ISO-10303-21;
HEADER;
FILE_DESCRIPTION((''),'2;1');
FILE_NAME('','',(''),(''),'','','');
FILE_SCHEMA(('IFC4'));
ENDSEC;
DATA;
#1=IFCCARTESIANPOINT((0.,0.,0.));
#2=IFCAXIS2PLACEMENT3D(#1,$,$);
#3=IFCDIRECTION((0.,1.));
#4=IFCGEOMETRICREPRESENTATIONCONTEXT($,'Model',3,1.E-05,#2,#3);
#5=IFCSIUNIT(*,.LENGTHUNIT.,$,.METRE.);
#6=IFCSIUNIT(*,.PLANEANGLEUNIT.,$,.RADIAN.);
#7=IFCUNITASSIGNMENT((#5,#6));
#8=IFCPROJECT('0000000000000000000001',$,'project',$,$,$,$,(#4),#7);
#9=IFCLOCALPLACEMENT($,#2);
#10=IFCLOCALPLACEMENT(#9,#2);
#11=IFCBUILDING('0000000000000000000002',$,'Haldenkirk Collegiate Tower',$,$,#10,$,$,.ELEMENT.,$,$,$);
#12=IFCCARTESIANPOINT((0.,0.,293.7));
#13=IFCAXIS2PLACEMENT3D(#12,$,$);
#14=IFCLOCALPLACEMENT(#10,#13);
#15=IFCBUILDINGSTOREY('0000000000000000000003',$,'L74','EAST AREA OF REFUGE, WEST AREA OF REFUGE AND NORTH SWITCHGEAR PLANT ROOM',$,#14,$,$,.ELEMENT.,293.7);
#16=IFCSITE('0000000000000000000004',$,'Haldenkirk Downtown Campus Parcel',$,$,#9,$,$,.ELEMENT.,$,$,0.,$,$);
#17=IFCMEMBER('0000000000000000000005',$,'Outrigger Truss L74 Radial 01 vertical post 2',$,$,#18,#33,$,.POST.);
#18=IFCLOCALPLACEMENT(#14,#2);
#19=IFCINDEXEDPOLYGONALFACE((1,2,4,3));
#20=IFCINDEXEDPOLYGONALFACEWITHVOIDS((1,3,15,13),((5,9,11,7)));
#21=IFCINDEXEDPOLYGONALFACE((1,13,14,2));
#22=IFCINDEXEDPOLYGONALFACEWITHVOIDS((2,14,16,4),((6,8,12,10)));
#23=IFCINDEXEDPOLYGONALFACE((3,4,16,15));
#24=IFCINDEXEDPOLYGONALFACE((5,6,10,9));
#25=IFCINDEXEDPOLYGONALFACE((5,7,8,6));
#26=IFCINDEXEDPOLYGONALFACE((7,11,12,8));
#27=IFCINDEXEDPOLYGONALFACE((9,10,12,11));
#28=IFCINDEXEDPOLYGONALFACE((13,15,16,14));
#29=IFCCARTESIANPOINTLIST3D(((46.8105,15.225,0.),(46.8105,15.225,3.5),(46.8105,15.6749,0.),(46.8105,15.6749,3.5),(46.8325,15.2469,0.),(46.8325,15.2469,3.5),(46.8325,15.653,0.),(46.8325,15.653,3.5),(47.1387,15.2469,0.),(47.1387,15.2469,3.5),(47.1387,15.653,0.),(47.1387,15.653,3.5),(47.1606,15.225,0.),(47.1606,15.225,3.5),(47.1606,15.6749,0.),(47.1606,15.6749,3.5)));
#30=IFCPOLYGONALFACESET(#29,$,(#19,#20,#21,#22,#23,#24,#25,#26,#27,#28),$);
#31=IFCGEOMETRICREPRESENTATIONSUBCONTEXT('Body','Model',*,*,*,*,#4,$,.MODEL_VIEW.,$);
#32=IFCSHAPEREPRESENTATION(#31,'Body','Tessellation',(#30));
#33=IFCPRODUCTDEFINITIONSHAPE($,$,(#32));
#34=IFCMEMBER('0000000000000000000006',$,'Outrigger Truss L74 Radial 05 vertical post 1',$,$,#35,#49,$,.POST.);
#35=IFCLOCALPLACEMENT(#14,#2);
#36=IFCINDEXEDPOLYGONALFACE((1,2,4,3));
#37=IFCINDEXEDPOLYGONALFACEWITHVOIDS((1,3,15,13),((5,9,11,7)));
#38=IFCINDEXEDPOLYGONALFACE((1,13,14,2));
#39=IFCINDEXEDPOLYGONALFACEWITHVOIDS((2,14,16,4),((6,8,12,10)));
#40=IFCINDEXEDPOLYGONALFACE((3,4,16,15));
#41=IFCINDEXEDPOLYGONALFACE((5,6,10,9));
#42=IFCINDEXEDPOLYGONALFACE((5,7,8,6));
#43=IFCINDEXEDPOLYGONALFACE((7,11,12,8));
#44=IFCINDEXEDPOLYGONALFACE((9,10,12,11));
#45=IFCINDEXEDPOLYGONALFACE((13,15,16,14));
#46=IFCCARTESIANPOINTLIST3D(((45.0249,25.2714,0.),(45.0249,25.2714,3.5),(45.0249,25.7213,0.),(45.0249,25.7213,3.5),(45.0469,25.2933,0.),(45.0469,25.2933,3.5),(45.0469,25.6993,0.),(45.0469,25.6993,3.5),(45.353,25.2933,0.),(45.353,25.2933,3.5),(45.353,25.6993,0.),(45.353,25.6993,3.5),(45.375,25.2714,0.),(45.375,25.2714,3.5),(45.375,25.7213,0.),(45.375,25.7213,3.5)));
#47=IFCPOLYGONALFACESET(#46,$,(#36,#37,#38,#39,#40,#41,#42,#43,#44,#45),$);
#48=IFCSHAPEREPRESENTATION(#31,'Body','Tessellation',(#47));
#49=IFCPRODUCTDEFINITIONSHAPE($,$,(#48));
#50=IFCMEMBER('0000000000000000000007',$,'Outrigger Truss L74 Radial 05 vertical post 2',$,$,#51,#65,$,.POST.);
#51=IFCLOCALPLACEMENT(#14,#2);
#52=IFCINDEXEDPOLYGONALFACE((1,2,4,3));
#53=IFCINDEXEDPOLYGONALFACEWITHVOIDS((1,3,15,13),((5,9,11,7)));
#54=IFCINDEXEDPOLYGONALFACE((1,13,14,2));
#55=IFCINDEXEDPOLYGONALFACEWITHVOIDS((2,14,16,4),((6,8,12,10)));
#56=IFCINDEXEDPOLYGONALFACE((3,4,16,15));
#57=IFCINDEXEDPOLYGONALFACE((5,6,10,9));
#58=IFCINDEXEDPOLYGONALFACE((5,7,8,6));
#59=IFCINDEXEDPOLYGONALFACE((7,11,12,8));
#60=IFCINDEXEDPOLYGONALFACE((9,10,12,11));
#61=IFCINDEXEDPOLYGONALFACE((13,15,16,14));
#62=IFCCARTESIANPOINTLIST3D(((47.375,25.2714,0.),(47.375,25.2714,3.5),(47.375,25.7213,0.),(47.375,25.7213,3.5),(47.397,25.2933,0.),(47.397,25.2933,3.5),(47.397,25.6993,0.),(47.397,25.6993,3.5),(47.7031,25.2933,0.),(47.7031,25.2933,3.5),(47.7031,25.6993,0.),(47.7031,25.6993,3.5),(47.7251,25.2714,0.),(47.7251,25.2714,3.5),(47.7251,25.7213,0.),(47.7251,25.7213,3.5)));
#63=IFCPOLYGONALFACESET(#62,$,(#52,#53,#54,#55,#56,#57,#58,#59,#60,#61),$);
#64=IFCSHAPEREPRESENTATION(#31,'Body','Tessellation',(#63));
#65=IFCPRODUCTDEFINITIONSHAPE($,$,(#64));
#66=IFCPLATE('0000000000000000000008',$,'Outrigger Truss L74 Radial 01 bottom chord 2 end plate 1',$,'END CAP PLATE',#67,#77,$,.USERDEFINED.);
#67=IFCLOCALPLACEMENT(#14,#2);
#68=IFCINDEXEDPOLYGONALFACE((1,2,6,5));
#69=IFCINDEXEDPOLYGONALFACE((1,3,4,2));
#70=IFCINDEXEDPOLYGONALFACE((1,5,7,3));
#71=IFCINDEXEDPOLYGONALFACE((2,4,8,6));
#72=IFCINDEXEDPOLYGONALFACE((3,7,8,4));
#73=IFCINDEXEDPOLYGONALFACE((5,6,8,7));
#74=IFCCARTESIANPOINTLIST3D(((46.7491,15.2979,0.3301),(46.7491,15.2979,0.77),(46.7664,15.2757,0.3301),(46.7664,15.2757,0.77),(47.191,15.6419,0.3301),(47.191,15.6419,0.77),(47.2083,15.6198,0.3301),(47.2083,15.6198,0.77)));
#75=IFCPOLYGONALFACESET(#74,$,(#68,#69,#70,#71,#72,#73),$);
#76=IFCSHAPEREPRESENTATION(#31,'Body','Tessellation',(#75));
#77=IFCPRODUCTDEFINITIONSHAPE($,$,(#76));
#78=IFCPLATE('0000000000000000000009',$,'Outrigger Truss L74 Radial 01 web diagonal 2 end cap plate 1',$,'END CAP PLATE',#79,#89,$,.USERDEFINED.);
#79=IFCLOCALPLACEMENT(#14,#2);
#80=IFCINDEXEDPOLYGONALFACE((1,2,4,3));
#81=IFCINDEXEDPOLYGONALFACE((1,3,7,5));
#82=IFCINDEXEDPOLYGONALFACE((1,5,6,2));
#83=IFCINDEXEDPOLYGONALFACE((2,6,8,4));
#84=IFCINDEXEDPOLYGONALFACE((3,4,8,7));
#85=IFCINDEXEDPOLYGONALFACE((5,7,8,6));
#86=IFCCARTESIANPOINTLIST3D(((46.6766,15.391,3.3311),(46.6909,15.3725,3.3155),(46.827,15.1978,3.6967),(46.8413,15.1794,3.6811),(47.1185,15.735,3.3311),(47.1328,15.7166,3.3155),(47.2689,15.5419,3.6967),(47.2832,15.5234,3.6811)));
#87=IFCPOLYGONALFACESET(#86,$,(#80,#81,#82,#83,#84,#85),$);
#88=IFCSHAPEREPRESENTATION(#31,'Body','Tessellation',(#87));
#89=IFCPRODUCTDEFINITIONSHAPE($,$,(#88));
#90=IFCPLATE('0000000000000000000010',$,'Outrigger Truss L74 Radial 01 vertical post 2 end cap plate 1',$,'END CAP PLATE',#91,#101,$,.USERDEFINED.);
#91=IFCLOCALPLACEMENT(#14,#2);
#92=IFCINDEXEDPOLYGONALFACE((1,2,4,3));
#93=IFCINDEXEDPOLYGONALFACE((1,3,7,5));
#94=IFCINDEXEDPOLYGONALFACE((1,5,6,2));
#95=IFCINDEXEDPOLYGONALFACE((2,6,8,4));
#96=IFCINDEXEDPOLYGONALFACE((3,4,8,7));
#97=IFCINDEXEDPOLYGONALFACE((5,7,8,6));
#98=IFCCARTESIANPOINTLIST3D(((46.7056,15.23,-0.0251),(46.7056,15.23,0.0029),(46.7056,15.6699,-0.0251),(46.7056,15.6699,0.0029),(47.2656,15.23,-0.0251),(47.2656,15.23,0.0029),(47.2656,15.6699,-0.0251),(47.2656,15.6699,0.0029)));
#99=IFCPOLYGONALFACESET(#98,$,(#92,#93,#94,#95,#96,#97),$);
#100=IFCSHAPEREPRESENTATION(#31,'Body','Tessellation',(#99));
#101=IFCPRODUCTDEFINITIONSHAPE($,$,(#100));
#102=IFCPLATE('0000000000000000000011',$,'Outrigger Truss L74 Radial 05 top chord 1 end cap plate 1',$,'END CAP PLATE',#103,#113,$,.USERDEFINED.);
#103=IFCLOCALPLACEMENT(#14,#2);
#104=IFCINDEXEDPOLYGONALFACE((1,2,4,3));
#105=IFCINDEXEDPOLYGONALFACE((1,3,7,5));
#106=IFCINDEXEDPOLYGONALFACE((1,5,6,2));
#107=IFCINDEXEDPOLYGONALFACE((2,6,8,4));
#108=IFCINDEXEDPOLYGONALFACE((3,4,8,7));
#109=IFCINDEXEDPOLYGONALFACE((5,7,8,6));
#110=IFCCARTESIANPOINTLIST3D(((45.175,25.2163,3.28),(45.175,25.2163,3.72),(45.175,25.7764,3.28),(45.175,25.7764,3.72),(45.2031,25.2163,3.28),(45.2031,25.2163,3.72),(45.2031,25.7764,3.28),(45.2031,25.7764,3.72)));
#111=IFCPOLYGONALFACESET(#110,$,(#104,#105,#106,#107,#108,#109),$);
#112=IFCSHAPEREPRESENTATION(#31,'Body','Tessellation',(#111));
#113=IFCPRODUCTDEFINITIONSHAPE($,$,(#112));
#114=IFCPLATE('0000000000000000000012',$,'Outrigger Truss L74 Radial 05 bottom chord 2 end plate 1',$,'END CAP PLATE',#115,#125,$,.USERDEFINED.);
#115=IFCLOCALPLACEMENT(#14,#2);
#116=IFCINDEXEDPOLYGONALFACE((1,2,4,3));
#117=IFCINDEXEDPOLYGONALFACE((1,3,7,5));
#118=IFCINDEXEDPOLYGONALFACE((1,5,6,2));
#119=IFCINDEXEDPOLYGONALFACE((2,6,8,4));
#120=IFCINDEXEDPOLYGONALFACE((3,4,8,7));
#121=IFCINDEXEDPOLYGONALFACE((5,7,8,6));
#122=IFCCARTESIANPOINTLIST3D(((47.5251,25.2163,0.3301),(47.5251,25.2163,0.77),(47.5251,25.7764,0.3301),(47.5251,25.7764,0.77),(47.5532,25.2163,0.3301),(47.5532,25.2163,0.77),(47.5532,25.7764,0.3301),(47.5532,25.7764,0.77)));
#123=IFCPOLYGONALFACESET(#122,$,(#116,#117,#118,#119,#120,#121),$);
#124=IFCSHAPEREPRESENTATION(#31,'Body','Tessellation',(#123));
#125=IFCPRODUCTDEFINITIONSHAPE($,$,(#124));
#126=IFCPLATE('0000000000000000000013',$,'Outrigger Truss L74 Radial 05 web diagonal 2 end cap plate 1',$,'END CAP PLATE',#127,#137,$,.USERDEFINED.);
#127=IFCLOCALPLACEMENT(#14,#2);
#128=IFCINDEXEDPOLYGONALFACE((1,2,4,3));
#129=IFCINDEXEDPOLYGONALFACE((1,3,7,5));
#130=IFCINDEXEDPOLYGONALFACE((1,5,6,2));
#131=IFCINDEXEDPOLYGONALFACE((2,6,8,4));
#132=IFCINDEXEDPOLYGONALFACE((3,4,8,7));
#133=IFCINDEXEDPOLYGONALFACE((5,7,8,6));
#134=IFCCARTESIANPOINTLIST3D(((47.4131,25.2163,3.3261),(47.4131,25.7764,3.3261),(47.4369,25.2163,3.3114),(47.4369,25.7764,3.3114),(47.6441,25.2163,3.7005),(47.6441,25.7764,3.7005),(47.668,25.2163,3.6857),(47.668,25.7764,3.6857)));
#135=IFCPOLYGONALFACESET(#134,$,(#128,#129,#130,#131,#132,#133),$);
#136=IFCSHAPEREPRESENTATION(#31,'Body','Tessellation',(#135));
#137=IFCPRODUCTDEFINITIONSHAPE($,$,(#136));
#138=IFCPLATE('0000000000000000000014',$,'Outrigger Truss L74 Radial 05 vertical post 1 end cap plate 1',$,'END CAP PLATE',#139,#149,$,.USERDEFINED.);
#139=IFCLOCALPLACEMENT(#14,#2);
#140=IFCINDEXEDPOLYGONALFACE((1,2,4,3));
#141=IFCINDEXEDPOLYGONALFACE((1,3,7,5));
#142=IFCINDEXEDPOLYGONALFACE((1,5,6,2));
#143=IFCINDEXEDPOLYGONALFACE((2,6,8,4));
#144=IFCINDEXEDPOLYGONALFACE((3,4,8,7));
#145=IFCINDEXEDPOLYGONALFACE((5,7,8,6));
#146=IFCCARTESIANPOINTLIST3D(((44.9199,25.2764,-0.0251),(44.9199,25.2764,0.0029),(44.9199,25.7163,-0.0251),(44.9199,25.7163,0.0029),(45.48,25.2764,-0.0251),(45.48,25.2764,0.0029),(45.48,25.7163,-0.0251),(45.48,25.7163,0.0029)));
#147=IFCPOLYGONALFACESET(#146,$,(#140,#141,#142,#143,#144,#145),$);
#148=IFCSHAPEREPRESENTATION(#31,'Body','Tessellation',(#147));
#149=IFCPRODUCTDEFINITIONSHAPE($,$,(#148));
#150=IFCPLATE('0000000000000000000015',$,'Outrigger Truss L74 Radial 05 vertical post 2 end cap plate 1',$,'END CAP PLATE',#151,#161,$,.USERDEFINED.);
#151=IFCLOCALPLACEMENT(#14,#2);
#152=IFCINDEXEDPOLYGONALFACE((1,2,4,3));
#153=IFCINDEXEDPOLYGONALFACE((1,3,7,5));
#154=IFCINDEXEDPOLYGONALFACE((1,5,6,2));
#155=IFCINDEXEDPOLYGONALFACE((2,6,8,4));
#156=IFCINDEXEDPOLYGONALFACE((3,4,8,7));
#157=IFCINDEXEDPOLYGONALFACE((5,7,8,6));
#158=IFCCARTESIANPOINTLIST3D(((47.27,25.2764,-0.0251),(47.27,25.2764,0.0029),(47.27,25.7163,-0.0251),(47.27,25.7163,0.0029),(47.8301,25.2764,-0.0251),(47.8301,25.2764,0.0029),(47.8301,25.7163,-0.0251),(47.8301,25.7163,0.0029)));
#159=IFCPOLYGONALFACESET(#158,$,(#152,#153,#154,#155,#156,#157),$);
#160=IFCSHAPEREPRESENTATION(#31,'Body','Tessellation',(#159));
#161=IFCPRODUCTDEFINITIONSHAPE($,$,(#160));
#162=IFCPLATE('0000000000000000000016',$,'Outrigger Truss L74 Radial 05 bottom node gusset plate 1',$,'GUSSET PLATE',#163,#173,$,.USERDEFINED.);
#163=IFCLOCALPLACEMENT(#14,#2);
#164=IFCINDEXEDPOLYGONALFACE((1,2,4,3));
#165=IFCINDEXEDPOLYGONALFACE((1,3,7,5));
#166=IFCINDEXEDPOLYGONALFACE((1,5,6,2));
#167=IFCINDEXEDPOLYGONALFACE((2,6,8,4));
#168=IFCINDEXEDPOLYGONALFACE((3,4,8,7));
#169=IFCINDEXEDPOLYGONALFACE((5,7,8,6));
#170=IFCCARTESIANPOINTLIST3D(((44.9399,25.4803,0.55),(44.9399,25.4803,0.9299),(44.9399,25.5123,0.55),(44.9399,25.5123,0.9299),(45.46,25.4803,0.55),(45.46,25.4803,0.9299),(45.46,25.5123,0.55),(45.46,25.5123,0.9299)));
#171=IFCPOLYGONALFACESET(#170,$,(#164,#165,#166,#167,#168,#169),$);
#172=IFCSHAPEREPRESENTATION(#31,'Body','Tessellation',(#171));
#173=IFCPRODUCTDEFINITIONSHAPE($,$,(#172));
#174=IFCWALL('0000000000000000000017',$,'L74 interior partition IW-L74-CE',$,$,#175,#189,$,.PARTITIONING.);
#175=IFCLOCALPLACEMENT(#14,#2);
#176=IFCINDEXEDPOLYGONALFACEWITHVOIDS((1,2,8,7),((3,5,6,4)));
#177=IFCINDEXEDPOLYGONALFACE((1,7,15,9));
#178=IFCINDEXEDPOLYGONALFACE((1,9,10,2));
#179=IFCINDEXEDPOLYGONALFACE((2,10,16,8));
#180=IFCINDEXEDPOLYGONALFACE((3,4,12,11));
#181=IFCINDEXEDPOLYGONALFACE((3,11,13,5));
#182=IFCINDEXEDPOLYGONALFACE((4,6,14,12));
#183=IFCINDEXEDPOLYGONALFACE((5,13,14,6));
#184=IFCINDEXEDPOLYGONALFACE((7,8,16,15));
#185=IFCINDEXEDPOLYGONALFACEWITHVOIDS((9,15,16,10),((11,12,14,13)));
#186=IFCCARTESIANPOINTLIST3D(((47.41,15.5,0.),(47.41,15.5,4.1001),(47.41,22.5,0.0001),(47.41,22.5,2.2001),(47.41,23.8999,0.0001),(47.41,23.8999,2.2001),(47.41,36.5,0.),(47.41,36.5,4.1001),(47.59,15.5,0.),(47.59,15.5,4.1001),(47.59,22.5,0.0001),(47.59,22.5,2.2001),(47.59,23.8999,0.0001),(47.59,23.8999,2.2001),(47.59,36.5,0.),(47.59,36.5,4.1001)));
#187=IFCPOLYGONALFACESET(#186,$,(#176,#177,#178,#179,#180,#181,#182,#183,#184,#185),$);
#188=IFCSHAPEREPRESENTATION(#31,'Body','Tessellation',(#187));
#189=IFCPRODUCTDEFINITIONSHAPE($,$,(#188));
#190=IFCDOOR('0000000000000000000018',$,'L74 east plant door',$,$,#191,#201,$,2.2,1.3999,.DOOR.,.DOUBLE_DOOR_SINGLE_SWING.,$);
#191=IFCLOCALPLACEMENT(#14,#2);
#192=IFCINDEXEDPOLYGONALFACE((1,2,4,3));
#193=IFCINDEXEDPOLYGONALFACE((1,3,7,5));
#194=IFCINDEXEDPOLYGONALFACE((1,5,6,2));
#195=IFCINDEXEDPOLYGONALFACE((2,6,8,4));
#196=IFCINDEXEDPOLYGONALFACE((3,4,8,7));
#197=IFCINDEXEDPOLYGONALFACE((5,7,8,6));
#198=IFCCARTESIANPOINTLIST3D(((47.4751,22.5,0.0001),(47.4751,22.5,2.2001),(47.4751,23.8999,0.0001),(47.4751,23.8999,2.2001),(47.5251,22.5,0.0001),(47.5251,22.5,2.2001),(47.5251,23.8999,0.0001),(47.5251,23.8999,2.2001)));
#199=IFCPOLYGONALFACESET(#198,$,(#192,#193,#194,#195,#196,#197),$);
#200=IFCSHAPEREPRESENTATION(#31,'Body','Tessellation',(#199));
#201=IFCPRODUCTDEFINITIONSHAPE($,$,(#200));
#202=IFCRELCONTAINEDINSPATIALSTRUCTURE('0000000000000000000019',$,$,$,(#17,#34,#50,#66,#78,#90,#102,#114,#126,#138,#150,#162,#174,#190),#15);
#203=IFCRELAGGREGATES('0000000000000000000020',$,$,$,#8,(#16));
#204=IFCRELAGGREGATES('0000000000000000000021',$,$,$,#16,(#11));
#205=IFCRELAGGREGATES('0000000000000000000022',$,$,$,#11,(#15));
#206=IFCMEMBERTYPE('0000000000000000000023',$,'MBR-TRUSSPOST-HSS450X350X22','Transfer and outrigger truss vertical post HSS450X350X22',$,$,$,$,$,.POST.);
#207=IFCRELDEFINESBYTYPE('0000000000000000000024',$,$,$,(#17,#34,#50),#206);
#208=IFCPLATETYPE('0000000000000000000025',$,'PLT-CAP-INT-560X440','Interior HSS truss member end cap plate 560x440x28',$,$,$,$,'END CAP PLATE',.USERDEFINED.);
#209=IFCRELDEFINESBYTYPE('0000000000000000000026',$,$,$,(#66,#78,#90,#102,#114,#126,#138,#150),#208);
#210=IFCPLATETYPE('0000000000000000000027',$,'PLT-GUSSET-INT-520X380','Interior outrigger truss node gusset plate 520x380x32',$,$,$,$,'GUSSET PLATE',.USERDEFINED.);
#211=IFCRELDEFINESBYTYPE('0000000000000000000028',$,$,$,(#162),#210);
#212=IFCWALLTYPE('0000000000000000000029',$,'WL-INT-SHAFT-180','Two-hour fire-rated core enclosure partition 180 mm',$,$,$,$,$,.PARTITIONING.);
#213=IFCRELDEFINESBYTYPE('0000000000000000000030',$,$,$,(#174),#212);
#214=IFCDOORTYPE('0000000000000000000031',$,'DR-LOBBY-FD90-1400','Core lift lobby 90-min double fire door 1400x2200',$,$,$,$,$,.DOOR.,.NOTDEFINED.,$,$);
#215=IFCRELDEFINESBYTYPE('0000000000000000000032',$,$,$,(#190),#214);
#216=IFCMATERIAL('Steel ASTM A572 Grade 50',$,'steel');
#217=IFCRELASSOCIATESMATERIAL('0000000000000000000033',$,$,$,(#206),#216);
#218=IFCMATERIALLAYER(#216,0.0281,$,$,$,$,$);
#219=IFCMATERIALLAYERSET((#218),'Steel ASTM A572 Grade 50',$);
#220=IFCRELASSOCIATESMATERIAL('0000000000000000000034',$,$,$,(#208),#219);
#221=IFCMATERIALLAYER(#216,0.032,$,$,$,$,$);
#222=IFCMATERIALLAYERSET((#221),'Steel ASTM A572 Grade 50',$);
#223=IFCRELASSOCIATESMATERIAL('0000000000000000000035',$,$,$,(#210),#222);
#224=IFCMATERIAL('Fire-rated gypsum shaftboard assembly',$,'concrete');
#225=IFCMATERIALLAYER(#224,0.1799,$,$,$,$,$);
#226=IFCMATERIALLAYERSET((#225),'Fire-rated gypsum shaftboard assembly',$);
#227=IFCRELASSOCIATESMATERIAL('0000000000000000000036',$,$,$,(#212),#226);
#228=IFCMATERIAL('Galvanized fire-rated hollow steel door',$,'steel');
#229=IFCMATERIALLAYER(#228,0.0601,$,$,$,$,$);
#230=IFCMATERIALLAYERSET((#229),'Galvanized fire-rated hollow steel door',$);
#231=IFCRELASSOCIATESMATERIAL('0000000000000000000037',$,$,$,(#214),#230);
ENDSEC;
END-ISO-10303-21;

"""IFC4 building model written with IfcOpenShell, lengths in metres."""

from ifc_helpers import new_model, si_unit, direction, frame, frame_2d, origin, origin_2d, place, context, subcontext, project, spatial, rectangle, hollow_rectangle, extrude, source, transform, mapped, material, layer, layer_set, material_profile, profile_set, type_object, element, fill, save


model = new_model("IFC4")

# Units and contexts
model_context = context("Model", 3, precision=1e-05, world=origin(), true_north=direction((0.0, 1.0)))
body_context = subcontext(model_context, "Body", "Model", "MODEL_VIEW")
ifc_project = project(units=[si_unit("LENGTHUNIT", "METRE"), si_unit("PLANEANGLEUNIT", "RADIAN")], contexts=[model_context])

# Site, building, storey
site_placement = place(None, origin())
site = spatial("IfcSite", under=ifc_project, at=site_placement, Name="Haldenkirk Downtown Campus Parcel", CompositionType="ELEMENT", RefElevation=0.0)
building_placement = place(site_placement, origin())
building = spatial("IfcBuilding", under=site, at=building_placement, Name="Haldenkirk Collegiate Tower", CompositionType="ELEMENT")
storey_placement = place(building_placement, frame((0.0, 0.0, 293.7)))
storey = spatial("IfcBuildingStorey", under=building, at=storey_placement, Name="L74", Description="EAST AREA OF REFUGE, WEST AREA OF REFUGE AND NORTH SWITCHGEAR PLANT ROOM", CompositionType="ELEMENT", Elevation=293.7)

# Members
ifc_material_1 = material(Name="Steel ASTM A572 Grade 50", Category="steel")
ifc_material_profile_1 = material_profile(ifc_material_1, hollow_rectangle(XDim=0.3501, YDim=0.45, WallThickness=0.022, at=origin_2d()), Name="HSS450X350X22")
ifc_profile_set_1 = profile_set([ifc_material_profile_1], Name="Steel ASTM A572 Grade 50")
member_type_1 = type_object("IfcMemberType", Name="MBR-TRUSSPOST-HSS450X350X22", Description="Transfer and outrigger truss vertical post HSS450X350X22", PredefinedType="POST", material=ifc_profile_set_1)
for number, where, z_axis, x_axis, name in (
    (1, (46.9856, 15.45, 0.0), (0.0, 0.0, 1.0), (1.0, 0.0, 0.0), "Outrigger Truss L74 Radial 01 vertical post 2"),
    (2, (45.2, 25.4963, 0.0), (0.0, 0.0, 1.0), (1.0, 0.0, 0.0), "Outrigger Truss L74 Radial 05 vertical post 1"),
    (3, (47.55, 25.4963, 0.0), (0.0, 0.0, 1.0), (1.0, 0.0, 0.0), "Outrigger Truss L74 Radial 05 vertical post 2"),
):
    element("IfcMember", number, at=place(storey_placement, frame(where, z_axis=z_axis, x_axis=x_axis)), inside=storey, type_object=member_type_1, Name=name, PredefinedType="POST", context=body_context, shape_type="SweptSolid", body=[
        extrude(hollow_rectangle(XDim=0.3501, YDim=0.45, WallThickness=0.022, at=origin_2d()), origin(), (0.0, 0.0, 1.0), 3.5),
    ])

# Plates
ifc_layer_1 = layer(ifc_material_1, 0.0281)
ifc_layer_set_1 = layer_set([ifc_layer_1], Name="Steel ASTM A572 Grade 50")
plate_type_1 = type_object("IfcPlateType", Name="PLT-CAP-INT-560X440", Description="Interior HSS truss member end cap plate 560x440x28", ElementType="END CAP PLATE", PredefinedType="USERDEFINED", material=ifc_layer_set_1)
shared_shape_1 = source(origin(), body_context, "Body", "SweptSolid", [
    extrude(rectangle(XDim=0.5601, YDim=0.4399, at=origin_2d()), origin(), (0.0, 0.0, 1.0), 0.0281),
])
for number, where, z_axis, x_axis, name in (
    (4, (46.9873, 15.4478, 0.55), (-0.614341, 0.78904, 0.0), (-0.78904, -0.614341, 0.0), "Outrigger Truss L74 Radial 01 bottom chord 2 end plate 1"),
    (5, (46.9871, 15.448, 3.4983), (-0.51044, 0.655606, 0.556446), (-0.789047, -0.614333, 0.0), "Outrigger Truss L74 Radial 01 web diagonal 2 end cap plate 1"),
    (6, (46.9856, 15.45, 0.0029), (0.0, 0.0, -1.0), (1.0, 0.0, 0.0), "Outrigger Truss L74 Radial 01 vertical post 2 end cap plate 1"),
    (7, (45.2031, 25.4963, 3.5), (-1.0, 0.0, 0.0), (0.0, -1.0, 0.0), "Outrigger Truss L74 Radial 05 top chord 1 end cap plate 1"),
    (8, (47.5532, 25.4963, 0.55), (-1.0, 0.0, 0.0), (0.0, -1.0, 0.0), "Outrigger Truss L74 Radial 05 bottom chord 2 end plate 1"),
    (9, (47.5525, 25.4963, 3.4985), (-0.850941, 0.0, 0.525261), (0.0, -1.0, 0.0), "Outrigger Truss L74 Radial 05 web diagonal 2 end cap plate 1"),
    (10, (45.2, 25.4963, 0.0029), (0.0, 0.0, -1.0), (1.0, 0.0, 0.0), "Outrigger Truss L74 Radial 05 vertical post 1 end cap plate 1"),
    (11, (47.55, 25.4963, 0.0029), (0.0, 0.0, -1.0), (1.0, 0.0, 0.0), "Outrigger Truss L74 Radial 05 vertical post 2 end cap plate 1"),
):
    element("IfcPlate", number, at=place(storey_placement, frame(where, z_axis=z_axis, x_axis=x_axis)), inside=storey, type_object=plate_type_1, Name=name, ObjectType="END CAP PLATE", PredefinedType="USERDEFINED", context=body_context, shape_type="MappedRepresentation", body=[
        mapped(shared_shape_1, transform((0.0, 0.0, 0.0), x_axis=(1.0, 0.0, 0.0), y_axis=(0.0, 1.0, 0.0), z_axis=(0.0, 0.0, 1.0), scale=1.0)),
    ])
ifc_layer_2 = layer(ifc_material_1, 0.032)
ifc_layer_set_2 = layer_set([ifc_layer_2], Name="Steel ASTM A572 Grade 50")
plate_type_2 = type_object("IfcPlateType", Name="PLT-GUSSET-INT-520X380", Description="Interior outrigger truss node gusset plate 520x380x32", ElementType="GUSSET PLATE", PredefinedType="USERDEFINED", material=ifc_layer_set_2)
shared_shape_2 = source(origin(), body_context, "Body", "SweptSolid", [
    extrude(rectangle(XDim=0.52, YDim=0.032, at=origin_2d()), origin(), (0.0, 0.0, 1.0), 0.3799),
])
plate_placement = place(storey_placement, frame((45.2, 25.4963, 0.55), z_axis=(0.0, 0.0, 1.0), x_axis=(1.0, 0.0, 0.0)))
element("IfcPlate", 12, at=plate_placement, inside=storey, type_object=plate_type_2, Name="Outrigger Truss L74 Radial 05 bottom node gusset plate 1", ObjectType="GUSSET PLATE", PredefinedType="USERDEFINED", context=body_context, shape_type="MappedRepresentation", body=[
    mapped(shared_shape_2, transform((0.0, 0.0, 0.0), x_axis=(1.0, 0.0, 0.0), y_axis=(0.0, 1.0, 0.0), z_axis=(0.0, 0.0, 1.0), scale=1.0)),
])

# Wall, opening, door
ifc_material_2 = material(Name="Fire-rated gypsum shaftboard assembly", Category="concrete")
ifc_layer_3 = layer(ifc_material_2, 0.1799)
ifc_layer_set_3 = layer_set([ifc_layer_3], Name="Fire-rated gypsum shaftboard assembly")
wall_type = type_object("IfcWallType", Name="WL-INT-SHAFT-180", Description="Two-hour fire-rated core enclosure partition 180 mm", PredefinedType="PARTITIONING", material=ifc_layer_set_3)
wall_1_placement = place(storey_placement, frame((47.5, 15.5, 0.0), z_axis=(0.0, 0.0, 1.0), x_axis=(0.0, 1.0, 0.0)))
wall_1 = element("IfcWall", 13, at=wall_1_placement, inside=storey, type_object=wall_type, Name="L74 interior partition IW-L74-CE", PredefinedType="PARTITIONING", context=body_context, shape_type="SweptSolid", body=[
    extrude(rectangle(XDim=21.0, YDim=0.1799, at=frame_2d((10.5, 0.0))), origin(), (0.0, 0.0, 1.0), 4.1001),
])
opening_placement = place(wall_1_placement, frame((7.0, 0.0, 0.0)))
opening = element("IfcOpeningElement", 14, at=opening_placement, cuts=wall_1, PredefinedType="OPENING", context=body_context, shape_type="SweptSolid", body=[
    extrude(rectangle(XDim=1.3999, YDim=2.2, at=frame_2d((0.7, 1.1001))), frame((0.0, 0.0999, 0.0), z_axis=(0.0, -1.0, 0.0), x_axis=(1.0, 0.0, 0.0)), (0.0, 0.0, 1.0), 0.2),
])
ifc_material_3 = material(Name="Galvanized fire-rated hollow steel door", Category="steel")
ifc_layer_4 = layer(ifc_material_3, 0.0601)
ifc_layer_set_4 = layer_set([ifc_layer_4], Name="Galvanized fire-rated hollow steel door")
door_type = type_object("IfcDoorType", Name="DR-LOBBY-FD90-1400", Description="Core lift lobby 90-min double fire door 1400x2200", OperationType="NOTDEFINED", PredefinedType="DOOR", material=ifc_layer_set_4)
door_placement = place(opening_placement, origin())
door = element("IfcDoor", 15, at=door_placement, inside=storey, type_object=door_type, Name="L74 east plant door", OperationType="DOUBLE_DOOR_SINGLE_SWING", OverallHeight=2.2, OverallWidth=1.3999, PredefinedType="DOOR", context=body_context, shape_type="SweptSolid", body=[
    extrude(rectangle(XDim=1.3999, YDim=2.2, at=frame_2d((0.7, 1.1001))), frame((0.0, 0.0249, 0.0), z_axis=(0.0, -1.0, 0.0), x_axis=(1.0, 0.0, 0.0)), (0.0, 0.0, 1.0), 0.05),
])
fill(opening, door)

save(model, "model.ifc")
